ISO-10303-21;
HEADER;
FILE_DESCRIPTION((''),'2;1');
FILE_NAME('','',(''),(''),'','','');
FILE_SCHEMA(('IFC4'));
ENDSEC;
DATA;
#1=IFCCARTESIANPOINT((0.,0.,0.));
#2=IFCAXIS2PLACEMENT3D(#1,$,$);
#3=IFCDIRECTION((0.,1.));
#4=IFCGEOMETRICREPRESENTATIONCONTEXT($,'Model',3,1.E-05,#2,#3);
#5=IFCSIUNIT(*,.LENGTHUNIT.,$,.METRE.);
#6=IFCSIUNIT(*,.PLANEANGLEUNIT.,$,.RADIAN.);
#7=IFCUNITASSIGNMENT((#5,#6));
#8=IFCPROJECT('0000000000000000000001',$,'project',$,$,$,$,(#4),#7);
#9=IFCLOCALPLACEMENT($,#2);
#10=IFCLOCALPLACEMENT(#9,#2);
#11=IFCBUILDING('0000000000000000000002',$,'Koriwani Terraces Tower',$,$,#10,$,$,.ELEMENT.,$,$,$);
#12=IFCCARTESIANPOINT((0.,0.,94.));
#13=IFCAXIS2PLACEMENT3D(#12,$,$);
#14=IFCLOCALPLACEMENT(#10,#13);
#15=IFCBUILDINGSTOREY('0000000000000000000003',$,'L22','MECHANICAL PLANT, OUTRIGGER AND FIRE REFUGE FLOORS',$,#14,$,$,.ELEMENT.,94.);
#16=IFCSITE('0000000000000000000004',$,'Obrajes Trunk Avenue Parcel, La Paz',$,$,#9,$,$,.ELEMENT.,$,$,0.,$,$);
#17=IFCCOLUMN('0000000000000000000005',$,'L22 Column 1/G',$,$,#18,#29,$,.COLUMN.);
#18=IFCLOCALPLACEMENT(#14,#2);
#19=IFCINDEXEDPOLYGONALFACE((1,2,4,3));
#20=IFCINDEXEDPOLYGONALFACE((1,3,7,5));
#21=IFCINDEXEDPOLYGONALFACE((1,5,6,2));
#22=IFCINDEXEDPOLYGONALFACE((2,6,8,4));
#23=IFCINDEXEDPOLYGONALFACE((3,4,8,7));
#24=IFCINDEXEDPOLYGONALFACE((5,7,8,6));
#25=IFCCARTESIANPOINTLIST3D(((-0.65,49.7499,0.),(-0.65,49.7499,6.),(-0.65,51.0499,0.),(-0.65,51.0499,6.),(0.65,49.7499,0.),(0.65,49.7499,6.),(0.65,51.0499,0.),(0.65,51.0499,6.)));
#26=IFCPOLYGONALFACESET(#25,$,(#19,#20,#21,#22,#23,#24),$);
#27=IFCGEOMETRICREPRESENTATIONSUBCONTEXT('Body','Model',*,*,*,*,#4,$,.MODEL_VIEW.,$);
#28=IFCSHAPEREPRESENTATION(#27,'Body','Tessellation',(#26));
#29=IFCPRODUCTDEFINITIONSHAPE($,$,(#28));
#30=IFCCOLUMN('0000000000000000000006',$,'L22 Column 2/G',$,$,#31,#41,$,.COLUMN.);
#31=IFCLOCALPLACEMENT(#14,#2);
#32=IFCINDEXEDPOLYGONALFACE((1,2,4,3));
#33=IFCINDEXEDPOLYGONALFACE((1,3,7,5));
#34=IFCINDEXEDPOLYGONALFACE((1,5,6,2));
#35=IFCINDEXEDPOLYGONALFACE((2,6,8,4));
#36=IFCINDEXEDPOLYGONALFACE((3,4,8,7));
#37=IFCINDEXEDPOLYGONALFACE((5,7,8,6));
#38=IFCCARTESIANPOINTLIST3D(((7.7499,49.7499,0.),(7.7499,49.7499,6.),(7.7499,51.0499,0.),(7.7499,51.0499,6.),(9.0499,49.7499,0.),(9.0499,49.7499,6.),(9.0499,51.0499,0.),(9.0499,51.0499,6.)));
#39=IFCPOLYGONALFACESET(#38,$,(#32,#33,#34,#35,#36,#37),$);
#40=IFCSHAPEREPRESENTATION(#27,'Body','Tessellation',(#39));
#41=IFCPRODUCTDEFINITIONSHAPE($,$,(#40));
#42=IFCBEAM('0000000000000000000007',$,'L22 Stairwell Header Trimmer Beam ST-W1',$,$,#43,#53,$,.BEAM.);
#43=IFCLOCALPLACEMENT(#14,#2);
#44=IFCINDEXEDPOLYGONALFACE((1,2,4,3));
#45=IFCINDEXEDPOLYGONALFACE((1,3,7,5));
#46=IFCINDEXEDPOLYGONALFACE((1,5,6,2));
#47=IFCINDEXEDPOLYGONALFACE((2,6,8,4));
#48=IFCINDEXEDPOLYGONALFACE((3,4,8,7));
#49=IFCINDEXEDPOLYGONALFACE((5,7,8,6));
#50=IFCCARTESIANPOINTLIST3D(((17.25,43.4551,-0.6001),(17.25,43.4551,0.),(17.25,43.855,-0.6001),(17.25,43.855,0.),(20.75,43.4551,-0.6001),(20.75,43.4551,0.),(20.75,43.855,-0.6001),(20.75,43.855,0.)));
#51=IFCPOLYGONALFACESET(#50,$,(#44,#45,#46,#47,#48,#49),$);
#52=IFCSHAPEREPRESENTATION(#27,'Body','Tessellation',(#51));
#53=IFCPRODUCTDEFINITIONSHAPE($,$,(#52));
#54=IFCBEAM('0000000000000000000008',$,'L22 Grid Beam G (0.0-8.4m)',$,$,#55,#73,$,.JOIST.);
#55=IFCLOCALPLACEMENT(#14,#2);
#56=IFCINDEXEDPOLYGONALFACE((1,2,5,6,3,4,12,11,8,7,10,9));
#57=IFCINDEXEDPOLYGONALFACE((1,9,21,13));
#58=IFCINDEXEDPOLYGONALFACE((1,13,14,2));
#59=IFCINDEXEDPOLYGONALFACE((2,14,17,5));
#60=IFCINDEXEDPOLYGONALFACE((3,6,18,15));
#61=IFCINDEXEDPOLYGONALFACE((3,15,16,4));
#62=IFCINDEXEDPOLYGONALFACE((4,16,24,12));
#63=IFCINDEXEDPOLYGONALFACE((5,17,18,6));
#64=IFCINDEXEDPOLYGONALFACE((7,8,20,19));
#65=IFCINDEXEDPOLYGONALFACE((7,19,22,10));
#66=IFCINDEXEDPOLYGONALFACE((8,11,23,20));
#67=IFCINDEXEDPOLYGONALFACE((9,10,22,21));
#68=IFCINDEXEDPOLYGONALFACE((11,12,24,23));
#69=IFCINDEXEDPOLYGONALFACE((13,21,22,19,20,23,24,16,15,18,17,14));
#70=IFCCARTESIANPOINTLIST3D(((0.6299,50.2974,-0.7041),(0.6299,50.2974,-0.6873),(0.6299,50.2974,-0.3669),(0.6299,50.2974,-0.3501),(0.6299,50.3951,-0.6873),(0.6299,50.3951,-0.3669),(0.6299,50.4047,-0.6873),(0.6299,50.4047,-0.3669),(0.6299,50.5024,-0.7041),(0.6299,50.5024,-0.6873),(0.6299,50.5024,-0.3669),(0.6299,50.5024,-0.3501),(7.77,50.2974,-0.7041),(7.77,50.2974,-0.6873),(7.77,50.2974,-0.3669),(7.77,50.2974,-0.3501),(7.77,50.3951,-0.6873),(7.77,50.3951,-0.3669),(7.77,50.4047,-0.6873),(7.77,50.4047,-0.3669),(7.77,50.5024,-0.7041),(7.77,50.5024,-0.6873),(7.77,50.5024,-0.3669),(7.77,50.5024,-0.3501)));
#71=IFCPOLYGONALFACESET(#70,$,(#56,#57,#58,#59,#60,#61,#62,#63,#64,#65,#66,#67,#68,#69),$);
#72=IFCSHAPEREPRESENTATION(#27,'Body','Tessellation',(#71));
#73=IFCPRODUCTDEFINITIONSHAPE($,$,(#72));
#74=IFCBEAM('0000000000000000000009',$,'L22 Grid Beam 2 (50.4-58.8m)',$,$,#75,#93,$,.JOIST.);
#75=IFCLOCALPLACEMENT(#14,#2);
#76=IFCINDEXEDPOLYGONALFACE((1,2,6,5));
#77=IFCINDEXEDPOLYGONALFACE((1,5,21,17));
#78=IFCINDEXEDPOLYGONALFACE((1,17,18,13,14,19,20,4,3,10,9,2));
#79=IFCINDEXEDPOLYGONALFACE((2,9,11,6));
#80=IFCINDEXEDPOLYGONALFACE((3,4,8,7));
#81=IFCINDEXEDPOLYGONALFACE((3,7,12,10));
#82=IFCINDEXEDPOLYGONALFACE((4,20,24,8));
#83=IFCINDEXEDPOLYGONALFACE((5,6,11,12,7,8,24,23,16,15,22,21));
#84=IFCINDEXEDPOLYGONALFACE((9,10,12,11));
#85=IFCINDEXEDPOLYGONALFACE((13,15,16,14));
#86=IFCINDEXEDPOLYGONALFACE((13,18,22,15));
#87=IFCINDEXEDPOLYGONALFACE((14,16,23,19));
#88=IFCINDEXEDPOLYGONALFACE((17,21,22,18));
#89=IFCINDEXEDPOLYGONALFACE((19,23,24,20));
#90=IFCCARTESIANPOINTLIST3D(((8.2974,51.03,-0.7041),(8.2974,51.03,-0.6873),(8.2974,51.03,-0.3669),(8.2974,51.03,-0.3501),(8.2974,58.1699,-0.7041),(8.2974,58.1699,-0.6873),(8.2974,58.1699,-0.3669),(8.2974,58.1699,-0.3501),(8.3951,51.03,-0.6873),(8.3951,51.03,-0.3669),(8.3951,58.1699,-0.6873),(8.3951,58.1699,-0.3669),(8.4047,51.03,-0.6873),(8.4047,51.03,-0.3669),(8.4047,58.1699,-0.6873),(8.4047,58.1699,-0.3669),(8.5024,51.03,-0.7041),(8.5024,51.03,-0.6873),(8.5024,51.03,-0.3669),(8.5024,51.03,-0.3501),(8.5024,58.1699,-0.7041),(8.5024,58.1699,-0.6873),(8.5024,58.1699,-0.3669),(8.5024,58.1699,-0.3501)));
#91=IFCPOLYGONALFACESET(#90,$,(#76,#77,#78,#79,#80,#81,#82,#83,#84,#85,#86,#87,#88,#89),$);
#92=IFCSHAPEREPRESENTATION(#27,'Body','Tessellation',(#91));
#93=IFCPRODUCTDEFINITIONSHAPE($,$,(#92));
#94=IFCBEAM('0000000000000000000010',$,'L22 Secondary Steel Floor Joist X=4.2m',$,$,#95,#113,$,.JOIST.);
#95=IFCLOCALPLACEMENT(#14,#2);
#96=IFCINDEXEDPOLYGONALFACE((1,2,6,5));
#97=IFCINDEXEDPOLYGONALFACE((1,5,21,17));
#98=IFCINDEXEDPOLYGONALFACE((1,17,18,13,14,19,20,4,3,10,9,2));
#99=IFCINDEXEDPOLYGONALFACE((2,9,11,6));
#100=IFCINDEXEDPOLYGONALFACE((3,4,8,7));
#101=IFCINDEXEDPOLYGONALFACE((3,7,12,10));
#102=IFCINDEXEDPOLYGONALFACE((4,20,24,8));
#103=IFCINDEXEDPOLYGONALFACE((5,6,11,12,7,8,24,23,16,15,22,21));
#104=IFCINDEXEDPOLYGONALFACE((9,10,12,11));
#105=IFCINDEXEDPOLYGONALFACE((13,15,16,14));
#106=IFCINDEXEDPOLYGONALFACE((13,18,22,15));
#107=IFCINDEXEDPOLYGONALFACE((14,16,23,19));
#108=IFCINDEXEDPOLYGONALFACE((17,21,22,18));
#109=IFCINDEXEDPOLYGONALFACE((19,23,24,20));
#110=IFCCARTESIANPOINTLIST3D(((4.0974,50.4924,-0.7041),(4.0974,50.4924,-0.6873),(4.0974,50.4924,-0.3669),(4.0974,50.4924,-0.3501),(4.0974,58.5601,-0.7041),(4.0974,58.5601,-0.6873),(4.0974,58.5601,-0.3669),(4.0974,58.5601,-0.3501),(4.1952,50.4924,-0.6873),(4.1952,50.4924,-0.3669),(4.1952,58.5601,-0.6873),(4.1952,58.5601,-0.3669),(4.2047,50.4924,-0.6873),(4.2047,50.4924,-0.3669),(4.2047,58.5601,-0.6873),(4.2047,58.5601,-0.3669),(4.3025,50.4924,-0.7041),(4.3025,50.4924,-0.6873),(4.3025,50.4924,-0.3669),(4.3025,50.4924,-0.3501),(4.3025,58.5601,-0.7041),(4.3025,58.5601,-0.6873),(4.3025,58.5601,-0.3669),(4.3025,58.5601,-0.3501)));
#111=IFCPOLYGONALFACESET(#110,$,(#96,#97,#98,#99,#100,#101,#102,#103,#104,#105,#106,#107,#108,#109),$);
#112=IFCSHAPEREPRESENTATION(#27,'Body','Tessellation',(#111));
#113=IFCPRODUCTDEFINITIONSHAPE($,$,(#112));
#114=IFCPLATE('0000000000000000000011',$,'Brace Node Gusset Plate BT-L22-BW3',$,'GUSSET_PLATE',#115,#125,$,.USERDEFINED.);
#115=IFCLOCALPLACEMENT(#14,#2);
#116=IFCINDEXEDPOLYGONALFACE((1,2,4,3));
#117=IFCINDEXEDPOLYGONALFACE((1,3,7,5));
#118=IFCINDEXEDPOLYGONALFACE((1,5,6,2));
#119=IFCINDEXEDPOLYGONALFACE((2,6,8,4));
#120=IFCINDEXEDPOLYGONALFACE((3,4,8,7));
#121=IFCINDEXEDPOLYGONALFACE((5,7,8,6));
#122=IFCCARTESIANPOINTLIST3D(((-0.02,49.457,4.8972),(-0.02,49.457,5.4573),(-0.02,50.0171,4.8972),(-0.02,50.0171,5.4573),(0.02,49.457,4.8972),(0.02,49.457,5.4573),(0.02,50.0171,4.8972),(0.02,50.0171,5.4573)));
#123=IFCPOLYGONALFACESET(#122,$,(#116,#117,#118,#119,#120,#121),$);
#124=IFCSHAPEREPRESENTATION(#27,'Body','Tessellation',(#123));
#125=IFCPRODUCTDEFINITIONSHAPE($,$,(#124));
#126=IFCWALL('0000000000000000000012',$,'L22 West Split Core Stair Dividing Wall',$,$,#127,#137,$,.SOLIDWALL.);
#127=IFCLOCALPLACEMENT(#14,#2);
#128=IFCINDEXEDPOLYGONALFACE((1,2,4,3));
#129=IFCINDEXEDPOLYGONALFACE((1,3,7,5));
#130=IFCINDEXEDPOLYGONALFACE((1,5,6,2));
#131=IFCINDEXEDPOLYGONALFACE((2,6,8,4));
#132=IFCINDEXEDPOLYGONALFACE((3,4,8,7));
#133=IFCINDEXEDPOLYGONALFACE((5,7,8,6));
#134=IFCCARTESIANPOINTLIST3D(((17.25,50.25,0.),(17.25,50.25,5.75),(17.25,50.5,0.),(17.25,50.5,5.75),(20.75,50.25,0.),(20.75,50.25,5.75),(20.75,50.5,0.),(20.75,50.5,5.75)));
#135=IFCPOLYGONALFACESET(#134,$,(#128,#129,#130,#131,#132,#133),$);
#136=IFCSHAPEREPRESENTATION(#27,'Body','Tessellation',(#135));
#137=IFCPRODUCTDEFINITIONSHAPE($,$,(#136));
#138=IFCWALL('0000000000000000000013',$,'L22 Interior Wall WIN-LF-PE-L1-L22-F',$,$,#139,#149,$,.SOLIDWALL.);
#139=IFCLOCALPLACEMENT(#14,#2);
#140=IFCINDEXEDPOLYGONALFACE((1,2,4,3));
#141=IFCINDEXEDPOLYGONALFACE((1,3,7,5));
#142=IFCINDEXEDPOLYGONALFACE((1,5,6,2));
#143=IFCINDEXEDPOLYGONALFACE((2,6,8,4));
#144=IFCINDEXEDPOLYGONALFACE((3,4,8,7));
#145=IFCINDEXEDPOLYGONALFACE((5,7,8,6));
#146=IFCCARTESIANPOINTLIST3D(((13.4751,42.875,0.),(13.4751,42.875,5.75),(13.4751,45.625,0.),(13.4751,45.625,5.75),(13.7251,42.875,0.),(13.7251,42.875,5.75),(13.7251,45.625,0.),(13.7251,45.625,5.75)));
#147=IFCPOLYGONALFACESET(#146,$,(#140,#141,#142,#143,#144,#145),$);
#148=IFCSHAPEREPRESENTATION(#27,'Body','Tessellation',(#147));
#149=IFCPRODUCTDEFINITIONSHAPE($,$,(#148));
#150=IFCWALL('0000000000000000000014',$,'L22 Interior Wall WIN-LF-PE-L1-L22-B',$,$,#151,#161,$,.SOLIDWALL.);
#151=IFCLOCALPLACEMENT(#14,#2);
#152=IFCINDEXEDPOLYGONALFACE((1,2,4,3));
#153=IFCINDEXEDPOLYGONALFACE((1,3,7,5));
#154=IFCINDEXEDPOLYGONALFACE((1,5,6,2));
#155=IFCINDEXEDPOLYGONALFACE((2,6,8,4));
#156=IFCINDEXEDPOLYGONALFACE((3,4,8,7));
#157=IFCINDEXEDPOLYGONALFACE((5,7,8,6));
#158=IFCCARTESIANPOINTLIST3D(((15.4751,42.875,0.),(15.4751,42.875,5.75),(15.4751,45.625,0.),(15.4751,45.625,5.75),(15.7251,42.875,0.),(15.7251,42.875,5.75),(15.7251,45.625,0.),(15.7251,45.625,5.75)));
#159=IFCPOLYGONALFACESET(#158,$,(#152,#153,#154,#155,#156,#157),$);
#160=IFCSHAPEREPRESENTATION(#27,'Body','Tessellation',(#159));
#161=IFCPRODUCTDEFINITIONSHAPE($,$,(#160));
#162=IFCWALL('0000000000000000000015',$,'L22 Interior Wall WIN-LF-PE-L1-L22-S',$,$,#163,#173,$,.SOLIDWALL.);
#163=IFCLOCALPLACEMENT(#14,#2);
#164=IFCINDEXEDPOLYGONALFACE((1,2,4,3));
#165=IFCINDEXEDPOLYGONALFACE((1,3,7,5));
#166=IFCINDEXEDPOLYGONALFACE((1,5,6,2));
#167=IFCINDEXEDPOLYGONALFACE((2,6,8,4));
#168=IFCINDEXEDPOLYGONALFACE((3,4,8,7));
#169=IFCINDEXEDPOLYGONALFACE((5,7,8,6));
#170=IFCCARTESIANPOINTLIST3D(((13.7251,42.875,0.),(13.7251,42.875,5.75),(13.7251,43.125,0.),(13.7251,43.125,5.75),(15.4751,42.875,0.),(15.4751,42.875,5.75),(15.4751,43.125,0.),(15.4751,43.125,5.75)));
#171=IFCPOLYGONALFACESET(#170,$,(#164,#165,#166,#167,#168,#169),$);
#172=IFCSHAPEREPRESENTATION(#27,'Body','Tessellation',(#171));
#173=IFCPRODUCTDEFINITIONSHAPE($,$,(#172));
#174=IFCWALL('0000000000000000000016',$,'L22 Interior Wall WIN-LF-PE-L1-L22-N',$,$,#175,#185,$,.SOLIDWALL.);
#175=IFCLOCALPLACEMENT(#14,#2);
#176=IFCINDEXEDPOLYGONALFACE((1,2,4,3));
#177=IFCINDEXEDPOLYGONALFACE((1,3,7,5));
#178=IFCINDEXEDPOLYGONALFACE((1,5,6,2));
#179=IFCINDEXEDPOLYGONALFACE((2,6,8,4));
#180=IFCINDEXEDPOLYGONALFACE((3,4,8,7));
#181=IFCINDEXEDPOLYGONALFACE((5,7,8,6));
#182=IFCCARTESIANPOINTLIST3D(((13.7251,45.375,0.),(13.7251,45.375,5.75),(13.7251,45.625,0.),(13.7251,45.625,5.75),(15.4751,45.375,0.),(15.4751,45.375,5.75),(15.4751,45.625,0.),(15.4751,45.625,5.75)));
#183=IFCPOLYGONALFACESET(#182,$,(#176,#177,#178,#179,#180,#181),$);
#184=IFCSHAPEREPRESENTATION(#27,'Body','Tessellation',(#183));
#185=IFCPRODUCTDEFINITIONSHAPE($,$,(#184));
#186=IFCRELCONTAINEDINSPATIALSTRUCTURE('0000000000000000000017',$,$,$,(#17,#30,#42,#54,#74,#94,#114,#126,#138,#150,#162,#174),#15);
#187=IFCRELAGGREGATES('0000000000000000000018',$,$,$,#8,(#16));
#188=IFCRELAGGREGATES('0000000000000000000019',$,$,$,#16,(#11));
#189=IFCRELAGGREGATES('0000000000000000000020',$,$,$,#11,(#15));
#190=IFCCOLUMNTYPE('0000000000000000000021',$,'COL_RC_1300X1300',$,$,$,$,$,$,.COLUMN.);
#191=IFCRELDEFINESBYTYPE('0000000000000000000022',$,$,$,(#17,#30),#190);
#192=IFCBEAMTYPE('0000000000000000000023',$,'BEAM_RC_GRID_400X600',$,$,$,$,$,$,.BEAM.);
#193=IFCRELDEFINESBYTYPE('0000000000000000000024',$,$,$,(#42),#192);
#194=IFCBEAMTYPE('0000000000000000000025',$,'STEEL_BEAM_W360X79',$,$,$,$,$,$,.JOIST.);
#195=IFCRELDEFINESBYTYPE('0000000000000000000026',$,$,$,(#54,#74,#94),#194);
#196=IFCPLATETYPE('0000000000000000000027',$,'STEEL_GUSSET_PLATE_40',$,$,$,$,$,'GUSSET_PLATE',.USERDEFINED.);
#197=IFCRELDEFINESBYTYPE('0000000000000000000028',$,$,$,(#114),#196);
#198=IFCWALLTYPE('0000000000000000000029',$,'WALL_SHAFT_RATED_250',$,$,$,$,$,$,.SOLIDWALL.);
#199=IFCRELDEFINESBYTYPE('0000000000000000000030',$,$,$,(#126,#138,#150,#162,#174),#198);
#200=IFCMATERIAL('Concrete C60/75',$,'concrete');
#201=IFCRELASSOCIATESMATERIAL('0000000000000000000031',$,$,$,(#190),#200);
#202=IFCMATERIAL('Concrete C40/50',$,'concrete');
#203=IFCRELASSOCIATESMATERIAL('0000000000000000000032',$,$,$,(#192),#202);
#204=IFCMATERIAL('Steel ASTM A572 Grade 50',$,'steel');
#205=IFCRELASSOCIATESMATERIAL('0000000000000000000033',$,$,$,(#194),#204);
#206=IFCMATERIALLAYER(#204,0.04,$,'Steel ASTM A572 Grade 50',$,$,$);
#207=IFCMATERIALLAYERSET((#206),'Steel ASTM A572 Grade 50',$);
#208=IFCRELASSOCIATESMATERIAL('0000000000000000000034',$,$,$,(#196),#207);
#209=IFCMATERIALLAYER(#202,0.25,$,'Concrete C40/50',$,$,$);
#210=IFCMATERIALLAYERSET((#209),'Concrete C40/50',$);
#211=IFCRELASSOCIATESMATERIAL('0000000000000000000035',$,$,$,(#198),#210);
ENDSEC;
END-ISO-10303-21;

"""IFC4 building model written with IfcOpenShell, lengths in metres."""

from ifc_helpers import new_model, si_unit, direction, frame, frame_2d, origin, origin_2d, place, context, subcontext, project, spatial, rectangle, i_section, extrude, material, layer, layer_set, material_profile, profile_set, type_object, element, save


model = new_model("IFC4")

# Units and contexts
model_context = context("Model", 3, precision=1e-05, world=origin(), true_north=direction((0.0, 1.0)))
body_context = subcontext(model_context, "Body", "Model", "MODEL_VIEW")
ifc_project = project(units=[si_unit("LENGTHUNIT", "METRE"), si_unit("PLANEANGLEUNIT", "RADIAN")], contexts=[model_context])

# Site, building, storey
site_placement = place(None, origin())
site = spatial("IfcSite", under=ifc_project, at=site_placement, Name="Obrajes Trunk Avenue Parcel, La Paz", CompositionType="ELEMENT", RefElevation=0.0)
building_placement = place(site_placement, origin())
building = spatial("IfcBuilding", under=site, at=building_placement, Name="Koriwani Terraces Tower", CompositionType="ELEMENT")
storey_placement = place(building_placement, frame((0.0, 0.0, 94.0)))
storey = spatial("IfcBuildingStorey", under=building, at=storey_placement, Name="L22", Description="MECHANICAL PLANT, OUTRIGGER AND FIRE REFUGE FLOORS", CompositionType="ELEMENT", Elevation=94.0)

# Columns
ifc_material_1 = material(Name="Concrete C60/75", Category="concrete")
ifc_material_profile_1 = material_profile(ifc_material_1, rectangle(XDim=1.3, YDim=1.3, at=origin_2d()), Name="Concrete C60/75", Category="LoadBearing")
ifc_profile_set_1 = profile_set([ifc_material_profile_1], Name="Concrete C60/75")
column_type = type_object("IfcColumnType", Name="COL_RC_1300X1300", PredefinedType="COLUMN", material=ifc_profile_set_1)
for number, where, z_axis, x_axis, name in (
    (1, (0.0, 50.3999, 0.0), (0.0, 0.0, 1.0), (1.0, 0.0, 0.0), "L22 Column 1/G"),
    (2, (8.3999, 50.3999, 0.0), (0.0, 0.0, 1.0), (1.0, 0.0, 0.0), "L22 Column 2/G"),
):
    element("IfcColumn", number, at=place(storey_placement, frame(where, z_axis=z_axis, x_axis=x_axis)), inside=storey, type_object=column_type, Name=name, PredefinedType="COLUMN", context=body_context, shape_type="SweptSolid", body=[
        extrude(rectangle(XDim=1.3, YDim=1.3, at=origin_2d()), origin(), (0.0, 0.0, 1.0), 6.0),
    ])

# Beams
ifc_material_2 = material(Name="Concrete C40/50", Category="concrete")
ifc_material_profile_2 = material_profile(ifc_material_2, rectangle(XDim=0.3999, YDim=0.6001, at=origin_2d()), Name="Concrete C40/50", Category="LoadBearing")
ifc_profile_set_2 = profile_set([ifc_material_profile_2], Name="Concrete C40/50")
beam_type_1 = type_object("IfcBeamType", Name="BEAM_RC_GRID_400X600", PredefinedType="BEAM", material=ifc_profile_set_2)
beam_1_placement = place(storey_placement, frame((17.25, 43.655, -0.3), z_axis=(1.0, 0.0, 0.0), x_axis=(0.0, 1.0, 0.0)))
element("IfcBeam", 3, at=beam_1_placement, inside=storey, type_object=beam_type_1, Name="L22 Stairwell Header Trimmer Beam ST-W1", PredefinedType="BEAM", context=body_context, shape_type="SweptSolid", body=[
    extrude(rectangle(XDim=0.3999, YDim=0.6001, at=origin_2d()), origin(), (0.0, 0.0, 1.0), 3.5),
])
ifc_material_3 = material(Name="Steel ASTM A572 Grade 50", Category="steel")
ifc_material_profile_3 = material_profile(ifc_material_3, i_section(OverallWidth=0.2051, OverallDepth=0.354, WebThickness=0.0095, FlangeThickness=0.0168, at=origin_2d()), Name="Steel ASTM A572 Grade 50", Category="LoadBearing")
ifc_profile_set_3 = profile_set([ifc_material_profile_3], Name="Steel ASTM A572 Grade 50")
beam_type_2 = type_object("IfcBeamType", Name="STEEL_BEAM_W360X79", PredefinedType="JOIST", material=ifc_profile_set_3)
beam_2_placement = place(storey_placement, frame((0.6299, 50.3999, -0.5271), z_axis=(1.0, 0.0, 0.0), x_axis=(0.0, 1.0, 0.0)))
element("IfcBeam", 4, at=beam_2_placement, inside=storey, type_object=beam_type_2, Name="L22 Grid Beam G (0.0-8.4m)", PredefinedType="JOIST", context=body_context, shape_type="SweptSolid", body=[
    extrude(i_section(OverallWidth=0.2051, OverallDepth=0.354, WebThickness=0.0095, FlangeThickness=0.0168, at=origin_2d()), origin(), (0.0, 0.0, 1.0), 7.1401),
])
beam_3_placement = place(storey_placement, frame((8.3999, 51.03, -0.5271), z_axis=(0.0, 1.0, 0.0), x_axis=(-1.0, 0.0, 0.0)))
element("IfcBeam", 5, at=beam_3_placement, inside=storey, type_object=beam_type_2, Name="L22 Grid Beam 2 (50.4-58.8m)", PredefinedType="JOIST", context=body_context, shape_type="SweptSolid", body=[
    extrude(i_section(OverallWidth=0.2051, OverallDepth=0.354, WebThickness=0.0095, FlangeThickness=0.0168, at=origin_2d()), origin(), (0.0, 0.0, 1.0), 7.1399),
])
beam_4_placement = place(storey_placement, frame((4.2, 50.4924, -0.5271), z_axis=(0.0, 1.0, 0.0), x_axis=(-1.0, 0.0, 0.0)))
element("IfcBeam", 6, at=beam_4_placement, inside=storey, type_object=beam_type_2, Name="L22 Secondary Steel Floor Joist X=4.2m", PredefinedType="JOIST", context=body_context, shape_type="SweptSolid", body=[
    extrude(i_section(OverallWidth=0.2051, OverallDepth=0.354, WebThickness=0.0095, FlangeThickness=0.0168, at=origin_2d()), origin(), (0.0, 0.0, 1.0), 8.0676),
])

# Plate
ifc_layer_1 = layer(ifc_material_3, 0.04, Name="Steel ASTM A572 Grade 50")
ifc_layer_set_1 = layer_set([ifc_layer_1], Name="Steel ASTM A572 Grade 50")
plate_type = type_object("IfcPlateType", Name="STEEL_GUSSET_PLATE_40", ElementType="GUSSET_PLATE", PredefinedType="USERDEFINED", material=ifc_layer_set_1)
plate_placement = place(storey_placement, frame((0.0, 49.7371, 4.8972), z_axis=(0.0, 0.0, 1.0), x_axis=(0.0, 1.0, 0.0)))
element("IfcPlate", 7, at=plate_placement, inside=storey, type_object=plate_type, Name="Brace Node Gusset Plate BT-L22-BW3", ObjectType="GUSSET_PLATE", PredefinedType="USERDEFINED", context=body_context, shape_type="SweptSolid", body=[
    extrude(rectangle(XDim=0.5601, YDim=0.04, at=origin_2d()), origin(), (0.0, 0.0, 1.0), 0.5601),
])

# Walls
ifc_layer_2 = layer(ifc_material_2, 0.25, Name="Concrete C40/50")
ifc_layer_set_2 = layer_set([ifc_layer_2], Name="Concrete C40/50")
wall_type = type_object("IfcWallType", Name="WALL_SHAFT_RATED_250", PredefinedType="SOLIDWALL", material=ifc_layer_set_2)
wall_1_placement = place(storey_placement, frame((17.25, 50.375, 0.0), z_axis=(0.0, 0.0, 1.0), x_axis=(1.0, 0.0, 0.0)))
element("IfcWall", 8, at=wall_1_placement, inside=storey, type_object=wall_type, Name="L22 West Split Core Stair Dividing Wall", PredefinedType="SOLIDWALL", context=body_context, shape_type="SweptSolid", body=[
    extrude(rectangle(XDim=3.5, YDim=0.25, at=frame_2d((1.75, 0.0))), origin(), (0.0, 0.0, 1.0), 5.75),
])
for number, where, z_axis, x_axis, name in (
    (9, (13.6001, 42.875, 0.0), (0.0, 0.0, 1.0), (0.0, 1.0, 0.0), "L22 Interior Wall WIN-LF-PE-L1-L22-F"),
    (10, (15.6001, 42.875, 0.0), (0.0, 0.0, 1.0), (0.0, 1.0, 0.0), "L22 Interior Wall WIN-LF-PE-L1-L22-B"),
):
    element("IfcWall", number, at=place(storey_placement, frame(where, z_axis=z_axis, x_axis=x_axis)), inside=storey, type_object=wall_type, Name=name, PredefinedType="SOLIDWALL", context=body_context, shape_type="SweptSolid", body=[
        extrude(rectangle(XDim=2.75, YDim=0.25, at=frame_2d((1.375, 0.0))), origin(), (0.0, 0.0, 1.0), 5.75),
    ])
for number, where, z_axis, x_axis, name in (
    (11, (13.7251, 43.0, 0.0), (0.0, 0.0, 1.0), (1.0, 0.0, 0.0), "L22 Interior Wall WIN-LF-PE-L1-L22-S"),
    (12, (13.7251, 45.5, 0.0), (0.0, 0.0, 1.0), (1.0, 0.0, 0.0), "L22 Interior Wall WIN-LF-PE-L1-L22-N"),
):
    element("IfcWall", number, at=place(storey_placement, frame(where, z_axis=z_axis, x_axis=x_axis)), inside=storey, type_object=wall_type, Name=name, PredefinedType="SOLIDWALL", context=body_context, shape_type="SweptSolid", body=[
        extrude(rectangle(XDim=1.75, YDim=0.25, at=frame_2d((0.875, 0.0))), origin(), (0.0, 0.0, 1.0), 5.75),
    ])

save(model, "model.ifc")
